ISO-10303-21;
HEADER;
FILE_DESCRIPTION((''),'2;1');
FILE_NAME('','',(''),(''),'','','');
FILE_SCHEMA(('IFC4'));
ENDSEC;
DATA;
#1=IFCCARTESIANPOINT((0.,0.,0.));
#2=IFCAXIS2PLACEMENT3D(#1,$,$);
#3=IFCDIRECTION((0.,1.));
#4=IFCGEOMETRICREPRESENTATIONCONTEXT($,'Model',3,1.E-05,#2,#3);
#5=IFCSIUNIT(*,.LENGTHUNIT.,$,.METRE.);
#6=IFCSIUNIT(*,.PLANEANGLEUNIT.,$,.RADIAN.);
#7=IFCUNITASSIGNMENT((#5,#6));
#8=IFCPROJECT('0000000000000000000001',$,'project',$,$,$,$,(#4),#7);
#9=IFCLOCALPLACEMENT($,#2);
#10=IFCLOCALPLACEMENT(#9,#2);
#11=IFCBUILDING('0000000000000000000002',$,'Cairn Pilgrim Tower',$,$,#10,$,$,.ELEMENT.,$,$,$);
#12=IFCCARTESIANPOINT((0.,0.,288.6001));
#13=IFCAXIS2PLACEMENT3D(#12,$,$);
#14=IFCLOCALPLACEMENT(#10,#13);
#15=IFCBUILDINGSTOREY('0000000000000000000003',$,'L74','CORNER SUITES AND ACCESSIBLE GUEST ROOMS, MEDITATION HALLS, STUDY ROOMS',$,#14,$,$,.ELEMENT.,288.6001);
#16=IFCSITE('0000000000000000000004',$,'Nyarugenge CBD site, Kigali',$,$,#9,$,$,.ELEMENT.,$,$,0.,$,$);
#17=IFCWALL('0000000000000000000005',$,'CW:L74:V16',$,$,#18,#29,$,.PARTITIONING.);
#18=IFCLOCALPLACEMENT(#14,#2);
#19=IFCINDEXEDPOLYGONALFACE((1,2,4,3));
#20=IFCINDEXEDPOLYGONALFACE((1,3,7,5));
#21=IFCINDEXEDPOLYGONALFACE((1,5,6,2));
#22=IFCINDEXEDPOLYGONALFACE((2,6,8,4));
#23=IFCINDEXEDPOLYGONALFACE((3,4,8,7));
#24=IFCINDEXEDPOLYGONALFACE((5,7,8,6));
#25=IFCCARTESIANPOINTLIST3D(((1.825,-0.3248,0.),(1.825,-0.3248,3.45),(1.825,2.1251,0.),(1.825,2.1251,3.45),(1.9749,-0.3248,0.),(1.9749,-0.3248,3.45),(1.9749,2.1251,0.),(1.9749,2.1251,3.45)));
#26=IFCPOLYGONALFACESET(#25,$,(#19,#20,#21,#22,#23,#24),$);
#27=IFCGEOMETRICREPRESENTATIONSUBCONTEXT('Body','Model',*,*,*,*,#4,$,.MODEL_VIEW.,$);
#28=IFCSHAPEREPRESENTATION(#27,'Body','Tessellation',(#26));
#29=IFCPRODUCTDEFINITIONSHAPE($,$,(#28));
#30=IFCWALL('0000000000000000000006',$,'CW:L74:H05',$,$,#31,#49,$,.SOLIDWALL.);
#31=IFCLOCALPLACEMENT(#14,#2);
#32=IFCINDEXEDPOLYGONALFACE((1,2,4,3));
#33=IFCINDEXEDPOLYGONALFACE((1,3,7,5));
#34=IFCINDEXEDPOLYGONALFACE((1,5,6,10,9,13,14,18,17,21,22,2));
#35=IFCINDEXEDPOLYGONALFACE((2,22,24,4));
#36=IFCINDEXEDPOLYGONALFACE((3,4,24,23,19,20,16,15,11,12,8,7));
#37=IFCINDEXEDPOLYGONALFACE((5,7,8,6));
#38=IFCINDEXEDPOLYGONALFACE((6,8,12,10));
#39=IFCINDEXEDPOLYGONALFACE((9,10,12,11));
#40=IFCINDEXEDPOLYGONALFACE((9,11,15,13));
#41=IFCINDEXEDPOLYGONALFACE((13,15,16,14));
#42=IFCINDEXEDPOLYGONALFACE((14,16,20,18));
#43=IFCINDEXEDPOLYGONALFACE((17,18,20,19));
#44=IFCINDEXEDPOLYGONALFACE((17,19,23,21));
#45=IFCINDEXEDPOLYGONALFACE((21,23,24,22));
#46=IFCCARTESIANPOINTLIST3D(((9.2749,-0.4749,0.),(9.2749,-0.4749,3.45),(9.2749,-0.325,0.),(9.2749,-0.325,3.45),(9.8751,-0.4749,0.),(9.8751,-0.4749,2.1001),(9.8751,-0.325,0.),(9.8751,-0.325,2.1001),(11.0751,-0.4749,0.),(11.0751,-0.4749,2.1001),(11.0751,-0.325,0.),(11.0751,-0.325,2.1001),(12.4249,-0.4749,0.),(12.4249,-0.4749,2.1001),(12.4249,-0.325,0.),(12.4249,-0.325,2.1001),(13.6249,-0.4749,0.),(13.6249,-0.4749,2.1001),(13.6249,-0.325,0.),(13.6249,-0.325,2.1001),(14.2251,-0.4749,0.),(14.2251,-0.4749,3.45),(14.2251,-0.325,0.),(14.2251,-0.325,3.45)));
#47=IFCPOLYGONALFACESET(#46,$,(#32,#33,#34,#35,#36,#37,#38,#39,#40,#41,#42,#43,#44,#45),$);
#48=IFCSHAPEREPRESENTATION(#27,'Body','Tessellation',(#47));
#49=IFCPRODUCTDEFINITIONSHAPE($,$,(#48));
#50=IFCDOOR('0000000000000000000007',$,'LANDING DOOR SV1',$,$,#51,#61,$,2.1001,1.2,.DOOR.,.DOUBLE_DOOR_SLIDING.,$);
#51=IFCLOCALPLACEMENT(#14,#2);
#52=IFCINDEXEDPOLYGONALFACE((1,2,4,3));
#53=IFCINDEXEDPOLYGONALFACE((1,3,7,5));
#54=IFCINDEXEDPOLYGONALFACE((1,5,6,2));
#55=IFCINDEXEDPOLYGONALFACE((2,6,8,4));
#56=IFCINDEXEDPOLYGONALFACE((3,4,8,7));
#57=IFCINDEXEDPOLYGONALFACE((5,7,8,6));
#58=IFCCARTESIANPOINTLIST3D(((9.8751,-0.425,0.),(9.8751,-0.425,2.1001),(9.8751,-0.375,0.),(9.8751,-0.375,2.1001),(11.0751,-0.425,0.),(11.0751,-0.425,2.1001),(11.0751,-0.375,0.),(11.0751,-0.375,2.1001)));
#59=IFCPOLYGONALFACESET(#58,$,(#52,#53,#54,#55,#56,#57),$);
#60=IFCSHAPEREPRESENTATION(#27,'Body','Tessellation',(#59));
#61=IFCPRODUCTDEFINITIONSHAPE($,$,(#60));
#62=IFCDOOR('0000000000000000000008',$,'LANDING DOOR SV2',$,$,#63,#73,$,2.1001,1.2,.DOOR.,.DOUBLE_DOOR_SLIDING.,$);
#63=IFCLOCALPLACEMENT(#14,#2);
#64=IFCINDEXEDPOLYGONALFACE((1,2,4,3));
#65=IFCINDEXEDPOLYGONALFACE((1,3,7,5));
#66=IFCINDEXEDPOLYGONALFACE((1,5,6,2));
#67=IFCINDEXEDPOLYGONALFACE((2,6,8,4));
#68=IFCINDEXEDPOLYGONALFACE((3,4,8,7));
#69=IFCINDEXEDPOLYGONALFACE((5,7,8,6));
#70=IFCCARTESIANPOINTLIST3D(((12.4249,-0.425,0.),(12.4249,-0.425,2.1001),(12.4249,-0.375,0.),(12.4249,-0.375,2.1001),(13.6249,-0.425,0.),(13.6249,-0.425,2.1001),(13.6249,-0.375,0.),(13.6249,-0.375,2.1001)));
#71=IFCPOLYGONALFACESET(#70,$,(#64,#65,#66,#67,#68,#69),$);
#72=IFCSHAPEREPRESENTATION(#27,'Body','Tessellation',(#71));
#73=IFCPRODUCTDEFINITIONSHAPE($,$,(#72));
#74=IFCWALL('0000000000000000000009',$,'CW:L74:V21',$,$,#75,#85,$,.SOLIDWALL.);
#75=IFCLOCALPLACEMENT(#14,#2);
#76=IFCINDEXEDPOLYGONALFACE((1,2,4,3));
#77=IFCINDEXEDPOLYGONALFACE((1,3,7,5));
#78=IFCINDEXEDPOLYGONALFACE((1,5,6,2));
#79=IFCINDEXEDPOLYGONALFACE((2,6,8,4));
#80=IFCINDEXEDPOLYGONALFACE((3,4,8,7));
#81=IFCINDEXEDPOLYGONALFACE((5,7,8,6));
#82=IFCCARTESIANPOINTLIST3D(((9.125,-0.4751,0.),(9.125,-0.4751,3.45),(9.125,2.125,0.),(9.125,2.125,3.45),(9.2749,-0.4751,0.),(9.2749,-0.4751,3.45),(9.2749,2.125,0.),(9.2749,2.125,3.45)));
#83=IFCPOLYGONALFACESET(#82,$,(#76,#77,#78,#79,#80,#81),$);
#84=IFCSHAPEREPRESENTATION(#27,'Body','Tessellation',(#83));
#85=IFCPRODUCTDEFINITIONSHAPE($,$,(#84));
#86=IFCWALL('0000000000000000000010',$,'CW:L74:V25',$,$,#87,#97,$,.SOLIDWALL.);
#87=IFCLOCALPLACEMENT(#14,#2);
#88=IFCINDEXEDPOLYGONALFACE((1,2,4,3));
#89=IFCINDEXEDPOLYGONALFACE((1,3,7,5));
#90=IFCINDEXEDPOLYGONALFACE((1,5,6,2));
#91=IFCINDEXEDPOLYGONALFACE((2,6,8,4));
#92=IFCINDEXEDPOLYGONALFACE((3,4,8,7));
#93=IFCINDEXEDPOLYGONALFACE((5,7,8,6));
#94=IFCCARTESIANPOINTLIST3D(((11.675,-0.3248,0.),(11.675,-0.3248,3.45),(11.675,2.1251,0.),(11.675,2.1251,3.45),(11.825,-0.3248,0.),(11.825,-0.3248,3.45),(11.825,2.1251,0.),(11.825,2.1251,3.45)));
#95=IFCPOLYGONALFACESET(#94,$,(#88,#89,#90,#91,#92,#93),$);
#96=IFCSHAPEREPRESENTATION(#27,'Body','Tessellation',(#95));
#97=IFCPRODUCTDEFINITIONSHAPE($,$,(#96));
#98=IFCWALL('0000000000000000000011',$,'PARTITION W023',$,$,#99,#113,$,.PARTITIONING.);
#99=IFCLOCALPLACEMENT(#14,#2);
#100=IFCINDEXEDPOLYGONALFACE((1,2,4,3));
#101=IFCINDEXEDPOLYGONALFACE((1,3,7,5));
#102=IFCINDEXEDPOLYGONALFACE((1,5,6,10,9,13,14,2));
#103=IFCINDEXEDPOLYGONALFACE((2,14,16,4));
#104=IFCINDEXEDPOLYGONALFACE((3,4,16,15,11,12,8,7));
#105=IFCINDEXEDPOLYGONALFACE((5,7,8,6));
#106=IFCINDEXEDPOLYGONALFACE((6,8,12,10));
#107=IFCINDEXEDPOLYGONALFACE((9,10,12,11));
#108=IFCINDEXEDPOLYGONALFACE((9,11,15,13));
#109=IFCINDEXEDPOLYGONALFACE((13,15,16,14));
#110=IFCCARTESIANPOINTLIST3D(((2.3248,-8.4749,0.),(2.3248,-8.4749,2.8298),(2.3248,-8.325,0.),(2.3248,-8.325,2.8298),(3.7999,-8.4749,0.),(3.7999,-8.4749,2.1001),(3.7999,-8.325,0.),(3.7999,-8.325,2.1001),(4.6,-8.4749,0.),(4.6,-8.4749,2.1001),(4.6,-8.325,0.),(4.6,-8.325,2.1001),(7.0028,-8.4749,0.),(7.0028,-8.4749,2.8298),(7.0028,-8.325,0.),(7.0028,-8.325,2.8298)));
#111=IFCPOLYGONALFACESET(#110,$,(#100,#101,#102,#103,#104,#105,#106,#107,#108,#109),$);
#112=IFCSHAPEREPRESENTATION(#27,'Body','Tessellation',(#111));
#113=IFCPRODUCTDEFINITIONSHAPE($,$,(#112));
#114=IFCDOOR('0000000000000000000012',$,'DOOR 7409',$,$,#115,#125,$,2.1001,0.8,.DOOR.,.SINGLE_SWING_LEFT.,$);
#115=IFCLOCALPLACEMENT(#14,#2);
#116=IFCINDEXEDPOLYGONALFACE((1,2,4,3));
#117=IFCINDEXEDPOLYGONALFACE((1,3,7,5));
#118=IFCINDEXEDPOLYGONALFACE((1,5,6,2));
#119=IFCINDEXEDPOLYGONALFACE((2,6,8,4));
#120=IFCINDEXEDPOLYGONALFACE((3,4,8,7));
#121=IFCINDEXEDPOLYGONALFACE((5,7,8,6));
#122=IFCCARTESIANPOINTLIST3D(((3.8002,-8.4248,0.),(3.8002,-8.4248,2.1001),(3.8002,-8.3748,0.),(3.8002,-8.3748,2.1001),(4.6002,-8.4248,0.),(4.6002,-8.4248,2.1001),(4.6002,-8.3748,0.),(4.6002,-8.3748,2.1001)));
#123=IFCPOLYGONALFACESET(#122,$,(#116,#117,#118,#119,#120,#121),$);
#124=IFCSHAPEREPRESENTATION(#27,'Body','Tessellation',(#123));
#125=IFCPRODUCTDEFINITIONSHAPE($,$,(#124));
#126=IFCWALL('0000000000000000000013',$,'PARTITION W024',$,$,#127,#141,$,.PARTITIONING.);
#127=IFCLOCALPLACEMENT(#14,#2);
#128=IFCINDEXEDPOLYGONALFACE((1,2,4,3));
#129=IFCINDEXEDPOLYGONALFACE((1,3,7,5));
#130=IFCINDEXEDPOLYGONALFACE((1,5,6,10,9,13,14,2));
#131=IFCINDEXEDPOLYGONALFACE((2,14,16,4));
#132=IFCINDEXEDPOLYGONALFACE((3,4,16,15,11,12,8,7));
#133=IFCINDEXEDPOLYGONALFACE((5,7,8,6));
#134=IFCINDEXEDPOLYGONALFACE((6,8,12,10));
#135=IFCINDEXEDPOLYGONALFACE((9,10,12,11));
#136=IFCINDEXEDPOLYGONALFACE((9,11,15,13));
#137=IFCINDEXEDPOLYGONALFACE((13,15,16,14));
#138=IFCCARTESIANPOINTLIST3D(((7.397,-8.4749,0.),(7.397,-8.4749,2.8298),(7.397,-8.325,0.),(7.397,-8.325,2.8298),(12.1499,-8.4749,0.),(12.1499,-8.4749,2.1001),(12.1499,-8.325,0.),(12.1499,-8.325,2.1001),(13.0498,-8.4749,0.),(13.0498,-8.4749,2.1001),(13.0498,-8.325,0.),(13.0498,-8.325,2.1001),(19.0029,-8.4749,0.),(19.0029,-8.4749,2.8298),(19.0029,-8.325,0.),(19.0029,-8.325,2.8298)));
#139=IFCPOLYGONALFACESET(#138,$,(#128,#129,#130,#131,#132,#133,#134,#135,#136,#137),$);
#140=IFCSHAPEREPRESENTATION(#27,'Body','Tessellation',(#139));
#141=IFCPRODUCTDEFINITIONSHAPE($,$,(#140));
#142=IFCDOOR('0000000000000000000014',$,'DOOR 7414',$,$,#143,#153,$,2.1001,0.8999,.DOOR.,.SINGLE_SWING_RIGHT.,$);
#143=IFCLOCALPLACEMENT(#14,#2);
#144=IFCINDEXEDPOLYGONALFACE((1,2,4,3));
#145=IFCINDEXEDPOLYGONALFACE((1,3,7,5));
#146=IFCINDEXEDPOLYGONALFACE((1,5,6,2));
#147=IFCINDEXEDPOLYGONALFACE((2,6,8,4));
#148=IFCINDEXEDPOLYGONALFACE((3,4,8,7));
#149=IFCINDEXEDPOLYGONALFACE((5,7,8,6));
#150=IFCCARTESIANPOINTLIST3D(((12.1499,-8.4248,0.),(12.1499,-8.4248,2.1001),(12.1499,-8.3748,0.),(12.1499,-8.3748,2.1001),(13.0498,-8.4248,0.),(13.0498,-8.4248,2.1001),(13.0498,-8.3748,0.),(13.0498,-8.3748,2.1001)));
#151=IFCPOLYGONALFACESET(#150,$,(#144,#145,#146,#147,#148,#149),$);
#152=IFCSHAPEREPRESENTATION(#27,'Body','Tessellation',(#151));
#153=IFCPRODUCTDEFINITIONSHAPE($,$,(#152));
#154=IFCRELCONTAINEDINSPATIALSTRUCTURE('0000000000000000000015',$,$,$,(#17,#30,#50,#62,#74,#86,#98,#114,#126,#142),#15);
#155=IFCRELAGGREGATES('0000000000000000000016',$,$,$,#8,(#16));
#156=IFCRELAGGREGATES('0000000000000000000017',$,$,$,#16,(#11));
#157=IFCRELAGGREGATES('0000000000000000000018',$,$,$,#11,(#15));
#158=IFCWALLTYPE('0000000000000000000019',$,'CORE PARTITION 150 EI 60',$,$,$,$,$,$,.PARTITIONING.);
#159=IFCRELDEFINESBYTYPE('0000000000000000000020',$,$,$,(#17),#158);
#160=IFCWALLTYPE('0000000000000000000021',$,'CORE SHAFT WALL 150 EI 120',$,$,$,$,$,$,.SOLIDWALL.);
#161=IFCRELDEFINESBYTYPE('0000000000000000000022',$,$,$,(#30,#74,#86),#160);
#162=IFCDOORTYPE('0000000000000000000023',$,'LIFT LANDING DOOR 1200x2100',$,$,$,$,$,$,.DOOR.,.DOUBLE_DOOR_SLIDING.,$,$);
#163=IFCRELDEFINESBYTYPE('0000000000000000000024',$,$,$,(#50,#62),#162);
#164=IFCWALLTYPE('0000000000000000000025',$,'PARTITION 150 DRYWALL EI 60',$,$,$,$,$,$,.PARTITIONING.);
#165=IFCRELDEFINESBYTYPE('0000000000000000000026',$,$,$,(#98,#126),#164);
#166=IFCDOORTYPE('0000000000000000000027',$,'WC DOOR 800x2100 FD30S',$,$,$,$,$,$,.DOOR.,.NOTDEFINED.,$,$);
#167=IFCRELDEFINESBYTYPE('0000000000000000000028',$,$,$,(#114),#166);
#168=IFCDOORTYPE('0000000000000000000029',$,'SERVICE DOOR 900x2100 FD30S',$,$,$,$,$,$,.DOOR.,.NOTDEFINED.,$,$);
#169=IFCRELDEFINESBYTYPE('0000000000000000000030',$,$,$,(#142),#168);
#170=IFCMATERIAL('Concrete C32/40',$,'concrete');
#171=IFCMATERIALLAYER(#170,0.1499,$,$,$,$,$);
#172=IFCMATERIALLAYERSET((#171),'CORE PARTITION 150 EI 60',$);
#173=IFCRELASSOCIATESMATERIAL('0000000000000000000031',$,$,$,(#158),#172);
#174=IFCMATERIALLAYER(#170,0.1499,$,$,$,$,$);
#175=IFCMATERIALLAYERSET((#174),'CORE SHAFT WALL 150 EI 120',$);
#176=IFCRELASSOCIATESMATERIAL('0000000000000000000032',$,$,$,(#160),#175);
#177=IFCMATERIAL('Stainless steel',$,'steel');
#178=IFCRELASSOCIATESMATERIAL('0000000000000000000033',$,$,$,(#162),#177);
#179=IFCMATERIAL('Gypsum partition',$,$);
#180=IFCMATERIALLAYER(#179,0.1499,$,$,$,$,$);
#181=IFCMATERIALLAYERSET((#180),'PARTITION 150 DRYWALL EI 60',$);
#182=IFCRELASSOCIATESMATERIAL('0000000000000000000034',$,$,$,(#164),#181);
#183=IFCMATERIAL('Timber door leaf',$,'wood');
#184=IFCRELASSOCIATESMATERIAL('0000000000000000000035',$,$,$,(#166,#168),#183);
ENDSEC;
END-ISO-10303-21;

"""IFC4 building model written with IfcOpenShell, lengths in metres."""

from ifc_helpers import new_model, si_unit, direction, frame, frame_2d, origin, place, context, subcontext, project, spatial, rectangle, extrude, material, layer, layer_set, type_object, element, fill, save


model = new_model("IFC4")

# Units and contexts
model_context = context("Model", 3, precision=1e-05, world=origin(), true_north=direction((0.0, 1.0)))
body_context = subcontext(model_context, "Body", "Model", "MODEL_VIEW")
ifc_project = project(units=[si_unit("LENGTHUNIT", "METRE"), si_unit("PLANEANGLEUNIT", "RADIAN")], contexts=[model_context])

# Site, building, storey
site_placement = place(None, origin())
site = spatial("IfcSite", under=ifc_project, at=site_placement, Name="Nyarugenge CBD site, Kigali", CompositionType="ELEMENT", RefElevation=0.0)
building_placement = place(site_placement, origin())
building = spatial("IfcBuilding", under=site, at=building_placement, Name="Cairn Pilgrim Tower", CompositionType="ELEMENT")
storey_placement = place(building_placement, frame((0.0, 0.0, 288.6001)))
storey = spatial("IfcBuildingStorey", under=building, at=storey_placement, Name="L74", Description="CORNER SUITES AND ACCESSIBLE GUEST ROOMS, MEDITATION HALLS, STUDY ROOMS", CompositionType="ELEMENT", Elevation=288.6001)

# Shared definitions
ifc_material_1 = material(Name="Concrete C32/40", Category="concrete")
ifc_layer_1 = layer(ifc_material_1, 0.1499)
ifc_layer_set_1 = layer_set([ifc_layer_1], Name="CORE PARTITION 150 EI 60")
wall_type_1 = type_object("IfcWallType", Name="CORE PARTITION 150 EI 60", PredefinedType="PARTITIONING", material=ifc_layer_set_1)

# Wall
wall_1_placement = place(storey_placement, frame((1.8999, -0.325, 0.0), z_axis=(0.0, 0.0, 1.0), x_axis=(0.0, 1.0, 0.0)))
element("IfcWall", 1, at=wall_1_placement, inside=storey, type_object=wall_type_1, Name="CW:L74:V16", PredefinedType="PARTITIONING", context=body_context, shape_type="SweptSolid", body=[
    extrude(rectangle(XDim=2.45, YDim=0.1499, at=frame_2d((1.2251, 0.0))), origin(), (0.0, 0.0, 1.0), 3.45),
])

# Wall, openings, doors
ifc_layer_2 = layer(ifc_material_1, 0.1499)
ifc_layer_set_2 = layer_set([ifc_layer_2], Name="CORE SHAFT WALL 150 EI 120")
wall_type_2 = type_object("IfcWallType", Name="CORE SHAFT WALL 150 EI 120", PredefinedType="SOLIDWALL", material=ifc_layer_set_2)
wall_2_placement = place(storey_placement, frame((9.2749, -0.3999, 0.0), z_axis=(0.0, 0.0, 1.0), x_axis=(1.0, 0.0, 0.0)))
wall_2 = element("IfcWall", 2, at=wall_2_placement, inside=storey, type_object=wall_type_2, Name="CW:L74:H05", PredefinedType="SOLIDWALL", context=body_context, shape_type="SweptSolid", body=[
    extrude(rectangle(XDim=4.9502, YDim=0.1499, at=frame_2d((2.4751, 0.0))), origin(), (0.0, 0.0, 1.0), 3.45),
])
opening_1_placement = place(wall_2_placement, frame((0.6001, 0.0, 0.0)))
opening_1 = element("IfcOpeningElement", 3, at=opening_1_placement, cuts=wall_2, PredefinedType="OPENING", context=body_context, shape_type="SweptSolid", body=[
    extrude(rectangle(XDim=1.2, YDim=2.1001, at=frame_2d((0.6001, 1.05))), frame((0.0, 0.085, 0.0), z_axis=(0.0, -1.0, 0.0), x_axis=(1.0, 0.0, 0.0)), (0.0, 0.0, 1.0), 0.1699),
])
opening_2_placement = place(wall_2_placement, frame((3.1499, 0.0, 0.0)))
opening_2 = element("IfcOpeningElement", 4, at=opening_2_placement, cuts=wall_2, PredefinedType="OPENING", context=body_context, shape_type="SweptSolid", body=[
    extrude(rectangle(XDim=1.2, YDim=2.1001, at=frame_2d((0.6001, 1.05))), frame((0.0, 0.085, 0.0), z_axis=(0.0, -1.0, 0.0), x_axis=(1.0, 0.0, 0.0)), (0.0, 0.0, 1.0), 0.1699),
])
ifc_material_2 = material(Name="Stainless steel", Category="steel")
door_type_1 = type_object("IfcDoorType", Name="LIFT LANDING DOOR 1200x2100", OperationType="DOUBLE_DOOR_SLIDING", PredefinedType="DOOR", material=ifc_material_2)
door_1_placement = place(opening_1_placement, origin())
door_1 = element("IfcDoor", 5, at=door_1_placement, inside=storey, type_object=door_type_1, Name="LANDING DOOR SV1", OperationType="DOUBLE_DOOR_SLIDING", OverallHeight=2.1001, OverallWidth=1.2, PredefinedType="DOOR", context=body_context, shape_type="SweptSolid", body=[
    extrude(rectangle(XDim=1.2, YDim=2.1001, at=frame_2d((0.6001, 1.05))), frame((0.0, 0.0249, 0.0), z_axis=(0.0, -1.0, 0.0), x_axis=(1.0, 0.0, 0.0)), (0.0, 0.0, 1.0), 0.05),
])
fill(opening_1, door_1)
door_2_placement = place(opening_2_placement, origin())
door_2 = element("IfcDoor", 6, at=door_2_placement, inside=storey, type_object=door_type_1, Name="LANDING DOOR SV2", OperationType="DOUBLE_DOOR_SLIDING", OverallHeight=2.1001, OverallWidth=1.2, PredefinedType="DOOR", context=body_context, shape_type="SweptSolid", body=[
    extrude(rectangle(XDim=1.2, YDim=2.1001, at=frame_2d((0.6001, 1.05))), frame((0.0, 0.0249, 0.0), z_axis=(0.0, -1.0, 0.0), x_axis=(1.0, 0.0, 0.0)), (0.0, 0.0, 1.0), 0.05),
])
fill(opening_2, door_2)

# Walls
wall_3_placement = place(storey_placement, frame((9.2, -0.4751, 0.0), z_axis=(0.0, 0.0, 1.0), x_axis=(0.0, 1.0, 0.0)))
element("IfcWall", 7, at=wall_3_placement, inside=storey, type_object=wall_type_2, Name="CW:L74:V21", PredefinedType="SOLIDWALL", context=body_context, shape_type="SweptSolid", body=[
    extrude(rectangle(XDim=2.6001, YDim=0.1499, at=frame_2d((1.3, 0.0))), origin(), (0.0, 0.0, 1.0), 3.45),
])
wall_4_placement = place(storey_placement, frame((11.75, -0.325, 0.0), z_axis=(0.0, 0.0, 1.0), x_axis=(0.0, 1.0, 0.0)))
element("IfcWall", 8, at=wall_4_placement, inside=storey, type_object=wall_type_2, Name="CW:L74:V25", PredefinedType="SOLIDWALL", context=body_context, shape_type="SweptSolid", body=[
    extrude(rectangle(XDim=2.45, YDim=0.1499, at=frame_2d((1.2251, 0.0))), origin(), (0.0, 0.0, 1.0), 3.45),
])

# Walls, openings, doors
ifc_material_3 = material(Name="Gypsum partition")
ifc_layer_3 = layer(ifc_material_3, 0.1499)
ifc_layer_set_3 = layer_set([ifc_layer_3], Name="PARTITION 150 DRYWALL EI 60")
wall_type_3 = type_object("IfcWallType", Name="PARTITION 150 DRYWALL EI 60", PredefinedType="PARTITIONING", material=ifc_layer_set_3)
wall_5_placement = place(storey_placement, frame((2.325, -8.3999, 0.0), z_axis=(0.0, 0.0, 1.0), x_axis=(1.0, 0.0, 0.0)))
wall_5 = element("IfcWall", 9, at=wall_5_placement, inside=storey, type_object=wall_type_3, Name="PARTITION W023", PredefinedType="PARTITIONING", context=body_context, shape_type="SweptSolid", body=[
    extrude(rectangle(XDim=4.678, YDim=0.1499, at=frame_2d((2.3389, 0.0))), origin(), (0.0, 0.0, 1.0), 2.8298),
])
opening_3_placement = place(wall_5_placement, frame((1.4751, 0.0, 0.0)))
opening_3 = element("IfcOpeningElement", 10, at=opening_3_placement, cuts=wall_5, PredefinedType="OPENING", context=body_context, shape_type="SweptSolid", body=[
    extrude(rectangle(XDim=0.8, YDim=2.1001, at=frame_2d((0.3999, 1.05))), frame((0.0, 0.085, 0.0), z_axis=(0.0, -1.0, 0.0), x_axis=(1.0, 0.0, 0.0)), (0.0, 0.0, 1.0), 0.1699),
])
ifc_material_4 = material(Name="Timber door leaf", Category="wood")
door_type_2 = type_object("IfcDoorType", Name="WC DOOR 800x2100 FD30S", OperationType="NOTDEFINED", PredefinedType="DOOR", material=ifc_material_4)
door_3_placement = place(opening_3_placement, frame((0.8, 0.0, 0.0), z_axis=(0.0, 0.0, 1.0), x_axis=(-1.0, 0.0, 0.0)))
door_3 = element("IfcDoor", 11, at=door_3_placement, inside=storey, type_object=door_type_2, Name="DOOR 7409", OperationType="SINGLE_SWING_LEFT", OverallHeight=2.1001, OverallWidth=0.8, PredefinedType="DOOR", context=body_context, shape_type="SweptSolid", body=[
    extrude(rectangle(XDim=0.8, YDim=2.1001, at=frame_2d((0.3999, 1.05))), frame((0.0, 0.0249, 0.0), z_axis=(0.0, -1.0, 0.0), x_axis=(1.0, 0.0, 0.0)), (0.0, 0.0, 1.0), 0.05),
])
fill(opening_3, door_3)
wall_6_placement = place(storey_placement, frame((7.397, -8.3999, 0.0), z_axis=(0.0, 0.0, 1.0), x_axis=(1.0, 0.0, 0.0)))
wall_6 = element("IfcWall", 12, at=wall_6_placement, inside=storey, type_object=wall_type_3, Name="PARTITION W024", PredefinedType="PARTITIONING", context=body_context, shape_type="SweptSolid", body=[
    extrude(rectangle(XDim=11.606, YDim=0.1499, at=frame_2d((5.803, 0.0))), origin(), (0.0, 0.0, 1.0), 2.8298),
])
opening_4_placement = place(wall_6_placement, frame((4.7529, 0.0, 0.0)))
opening_4 = element("IfcOpeningElement", 13, at=opening_4_placement, cuts=wall_6, PredefinedType="OPENING", context=body_context, shape_type="SweptSolid", body=[
    extrude(rectangle(XDim=0.8999, YDim=2.1001, at=frame_2d((0.45, 1.05))), frame((0.0, 0.085, 0.0), z_axis=(0.0, -1.0, 0.0), x_axis=(1.0, 0.0, 0.0)), (0.0, 0.0, 1.0), 0.1699),
])
door_type_3 = type_object("IfcDoorType", Name="SERVICE DOOR 900x2100 FD30S", OperationType="NOTDEFINED", PredefinedType="DOOR", material=ifc_material_4)
door_4_placement = place(opening_4_placement, frame((0.8999, 0.0, 0.0), z_axis=(0.0, 0.0, 1.0), x_axis=(-1.0, 0.0, 0.0)))
door_4 = element("IfcDoor", 14, at=door_4_placement, inside=storey, type_object=door_type_3, Name="DOOR 7414", OperationType="SINGLE_SWING_RIGHT", OverallHeight=2.1001, OverallWidth=0.8999, PredefinedType="DOOR", context=body_context, shape_type="SweptSolid", body=[
    extrude(rectangle(XDim=0.8999, YDim=2.1001, at=frame_2d((0.45, 1.05))), frame((0.0, 0.0249, 0.0), z_axis=(0.0, -1.0, 0.0), x_axis=(1.0, 0.0, 0.0)), (0.0, 0.0, 1.0), 0.05),
])
fill(opening_4, door_4)

save(model, "model.ifc")
